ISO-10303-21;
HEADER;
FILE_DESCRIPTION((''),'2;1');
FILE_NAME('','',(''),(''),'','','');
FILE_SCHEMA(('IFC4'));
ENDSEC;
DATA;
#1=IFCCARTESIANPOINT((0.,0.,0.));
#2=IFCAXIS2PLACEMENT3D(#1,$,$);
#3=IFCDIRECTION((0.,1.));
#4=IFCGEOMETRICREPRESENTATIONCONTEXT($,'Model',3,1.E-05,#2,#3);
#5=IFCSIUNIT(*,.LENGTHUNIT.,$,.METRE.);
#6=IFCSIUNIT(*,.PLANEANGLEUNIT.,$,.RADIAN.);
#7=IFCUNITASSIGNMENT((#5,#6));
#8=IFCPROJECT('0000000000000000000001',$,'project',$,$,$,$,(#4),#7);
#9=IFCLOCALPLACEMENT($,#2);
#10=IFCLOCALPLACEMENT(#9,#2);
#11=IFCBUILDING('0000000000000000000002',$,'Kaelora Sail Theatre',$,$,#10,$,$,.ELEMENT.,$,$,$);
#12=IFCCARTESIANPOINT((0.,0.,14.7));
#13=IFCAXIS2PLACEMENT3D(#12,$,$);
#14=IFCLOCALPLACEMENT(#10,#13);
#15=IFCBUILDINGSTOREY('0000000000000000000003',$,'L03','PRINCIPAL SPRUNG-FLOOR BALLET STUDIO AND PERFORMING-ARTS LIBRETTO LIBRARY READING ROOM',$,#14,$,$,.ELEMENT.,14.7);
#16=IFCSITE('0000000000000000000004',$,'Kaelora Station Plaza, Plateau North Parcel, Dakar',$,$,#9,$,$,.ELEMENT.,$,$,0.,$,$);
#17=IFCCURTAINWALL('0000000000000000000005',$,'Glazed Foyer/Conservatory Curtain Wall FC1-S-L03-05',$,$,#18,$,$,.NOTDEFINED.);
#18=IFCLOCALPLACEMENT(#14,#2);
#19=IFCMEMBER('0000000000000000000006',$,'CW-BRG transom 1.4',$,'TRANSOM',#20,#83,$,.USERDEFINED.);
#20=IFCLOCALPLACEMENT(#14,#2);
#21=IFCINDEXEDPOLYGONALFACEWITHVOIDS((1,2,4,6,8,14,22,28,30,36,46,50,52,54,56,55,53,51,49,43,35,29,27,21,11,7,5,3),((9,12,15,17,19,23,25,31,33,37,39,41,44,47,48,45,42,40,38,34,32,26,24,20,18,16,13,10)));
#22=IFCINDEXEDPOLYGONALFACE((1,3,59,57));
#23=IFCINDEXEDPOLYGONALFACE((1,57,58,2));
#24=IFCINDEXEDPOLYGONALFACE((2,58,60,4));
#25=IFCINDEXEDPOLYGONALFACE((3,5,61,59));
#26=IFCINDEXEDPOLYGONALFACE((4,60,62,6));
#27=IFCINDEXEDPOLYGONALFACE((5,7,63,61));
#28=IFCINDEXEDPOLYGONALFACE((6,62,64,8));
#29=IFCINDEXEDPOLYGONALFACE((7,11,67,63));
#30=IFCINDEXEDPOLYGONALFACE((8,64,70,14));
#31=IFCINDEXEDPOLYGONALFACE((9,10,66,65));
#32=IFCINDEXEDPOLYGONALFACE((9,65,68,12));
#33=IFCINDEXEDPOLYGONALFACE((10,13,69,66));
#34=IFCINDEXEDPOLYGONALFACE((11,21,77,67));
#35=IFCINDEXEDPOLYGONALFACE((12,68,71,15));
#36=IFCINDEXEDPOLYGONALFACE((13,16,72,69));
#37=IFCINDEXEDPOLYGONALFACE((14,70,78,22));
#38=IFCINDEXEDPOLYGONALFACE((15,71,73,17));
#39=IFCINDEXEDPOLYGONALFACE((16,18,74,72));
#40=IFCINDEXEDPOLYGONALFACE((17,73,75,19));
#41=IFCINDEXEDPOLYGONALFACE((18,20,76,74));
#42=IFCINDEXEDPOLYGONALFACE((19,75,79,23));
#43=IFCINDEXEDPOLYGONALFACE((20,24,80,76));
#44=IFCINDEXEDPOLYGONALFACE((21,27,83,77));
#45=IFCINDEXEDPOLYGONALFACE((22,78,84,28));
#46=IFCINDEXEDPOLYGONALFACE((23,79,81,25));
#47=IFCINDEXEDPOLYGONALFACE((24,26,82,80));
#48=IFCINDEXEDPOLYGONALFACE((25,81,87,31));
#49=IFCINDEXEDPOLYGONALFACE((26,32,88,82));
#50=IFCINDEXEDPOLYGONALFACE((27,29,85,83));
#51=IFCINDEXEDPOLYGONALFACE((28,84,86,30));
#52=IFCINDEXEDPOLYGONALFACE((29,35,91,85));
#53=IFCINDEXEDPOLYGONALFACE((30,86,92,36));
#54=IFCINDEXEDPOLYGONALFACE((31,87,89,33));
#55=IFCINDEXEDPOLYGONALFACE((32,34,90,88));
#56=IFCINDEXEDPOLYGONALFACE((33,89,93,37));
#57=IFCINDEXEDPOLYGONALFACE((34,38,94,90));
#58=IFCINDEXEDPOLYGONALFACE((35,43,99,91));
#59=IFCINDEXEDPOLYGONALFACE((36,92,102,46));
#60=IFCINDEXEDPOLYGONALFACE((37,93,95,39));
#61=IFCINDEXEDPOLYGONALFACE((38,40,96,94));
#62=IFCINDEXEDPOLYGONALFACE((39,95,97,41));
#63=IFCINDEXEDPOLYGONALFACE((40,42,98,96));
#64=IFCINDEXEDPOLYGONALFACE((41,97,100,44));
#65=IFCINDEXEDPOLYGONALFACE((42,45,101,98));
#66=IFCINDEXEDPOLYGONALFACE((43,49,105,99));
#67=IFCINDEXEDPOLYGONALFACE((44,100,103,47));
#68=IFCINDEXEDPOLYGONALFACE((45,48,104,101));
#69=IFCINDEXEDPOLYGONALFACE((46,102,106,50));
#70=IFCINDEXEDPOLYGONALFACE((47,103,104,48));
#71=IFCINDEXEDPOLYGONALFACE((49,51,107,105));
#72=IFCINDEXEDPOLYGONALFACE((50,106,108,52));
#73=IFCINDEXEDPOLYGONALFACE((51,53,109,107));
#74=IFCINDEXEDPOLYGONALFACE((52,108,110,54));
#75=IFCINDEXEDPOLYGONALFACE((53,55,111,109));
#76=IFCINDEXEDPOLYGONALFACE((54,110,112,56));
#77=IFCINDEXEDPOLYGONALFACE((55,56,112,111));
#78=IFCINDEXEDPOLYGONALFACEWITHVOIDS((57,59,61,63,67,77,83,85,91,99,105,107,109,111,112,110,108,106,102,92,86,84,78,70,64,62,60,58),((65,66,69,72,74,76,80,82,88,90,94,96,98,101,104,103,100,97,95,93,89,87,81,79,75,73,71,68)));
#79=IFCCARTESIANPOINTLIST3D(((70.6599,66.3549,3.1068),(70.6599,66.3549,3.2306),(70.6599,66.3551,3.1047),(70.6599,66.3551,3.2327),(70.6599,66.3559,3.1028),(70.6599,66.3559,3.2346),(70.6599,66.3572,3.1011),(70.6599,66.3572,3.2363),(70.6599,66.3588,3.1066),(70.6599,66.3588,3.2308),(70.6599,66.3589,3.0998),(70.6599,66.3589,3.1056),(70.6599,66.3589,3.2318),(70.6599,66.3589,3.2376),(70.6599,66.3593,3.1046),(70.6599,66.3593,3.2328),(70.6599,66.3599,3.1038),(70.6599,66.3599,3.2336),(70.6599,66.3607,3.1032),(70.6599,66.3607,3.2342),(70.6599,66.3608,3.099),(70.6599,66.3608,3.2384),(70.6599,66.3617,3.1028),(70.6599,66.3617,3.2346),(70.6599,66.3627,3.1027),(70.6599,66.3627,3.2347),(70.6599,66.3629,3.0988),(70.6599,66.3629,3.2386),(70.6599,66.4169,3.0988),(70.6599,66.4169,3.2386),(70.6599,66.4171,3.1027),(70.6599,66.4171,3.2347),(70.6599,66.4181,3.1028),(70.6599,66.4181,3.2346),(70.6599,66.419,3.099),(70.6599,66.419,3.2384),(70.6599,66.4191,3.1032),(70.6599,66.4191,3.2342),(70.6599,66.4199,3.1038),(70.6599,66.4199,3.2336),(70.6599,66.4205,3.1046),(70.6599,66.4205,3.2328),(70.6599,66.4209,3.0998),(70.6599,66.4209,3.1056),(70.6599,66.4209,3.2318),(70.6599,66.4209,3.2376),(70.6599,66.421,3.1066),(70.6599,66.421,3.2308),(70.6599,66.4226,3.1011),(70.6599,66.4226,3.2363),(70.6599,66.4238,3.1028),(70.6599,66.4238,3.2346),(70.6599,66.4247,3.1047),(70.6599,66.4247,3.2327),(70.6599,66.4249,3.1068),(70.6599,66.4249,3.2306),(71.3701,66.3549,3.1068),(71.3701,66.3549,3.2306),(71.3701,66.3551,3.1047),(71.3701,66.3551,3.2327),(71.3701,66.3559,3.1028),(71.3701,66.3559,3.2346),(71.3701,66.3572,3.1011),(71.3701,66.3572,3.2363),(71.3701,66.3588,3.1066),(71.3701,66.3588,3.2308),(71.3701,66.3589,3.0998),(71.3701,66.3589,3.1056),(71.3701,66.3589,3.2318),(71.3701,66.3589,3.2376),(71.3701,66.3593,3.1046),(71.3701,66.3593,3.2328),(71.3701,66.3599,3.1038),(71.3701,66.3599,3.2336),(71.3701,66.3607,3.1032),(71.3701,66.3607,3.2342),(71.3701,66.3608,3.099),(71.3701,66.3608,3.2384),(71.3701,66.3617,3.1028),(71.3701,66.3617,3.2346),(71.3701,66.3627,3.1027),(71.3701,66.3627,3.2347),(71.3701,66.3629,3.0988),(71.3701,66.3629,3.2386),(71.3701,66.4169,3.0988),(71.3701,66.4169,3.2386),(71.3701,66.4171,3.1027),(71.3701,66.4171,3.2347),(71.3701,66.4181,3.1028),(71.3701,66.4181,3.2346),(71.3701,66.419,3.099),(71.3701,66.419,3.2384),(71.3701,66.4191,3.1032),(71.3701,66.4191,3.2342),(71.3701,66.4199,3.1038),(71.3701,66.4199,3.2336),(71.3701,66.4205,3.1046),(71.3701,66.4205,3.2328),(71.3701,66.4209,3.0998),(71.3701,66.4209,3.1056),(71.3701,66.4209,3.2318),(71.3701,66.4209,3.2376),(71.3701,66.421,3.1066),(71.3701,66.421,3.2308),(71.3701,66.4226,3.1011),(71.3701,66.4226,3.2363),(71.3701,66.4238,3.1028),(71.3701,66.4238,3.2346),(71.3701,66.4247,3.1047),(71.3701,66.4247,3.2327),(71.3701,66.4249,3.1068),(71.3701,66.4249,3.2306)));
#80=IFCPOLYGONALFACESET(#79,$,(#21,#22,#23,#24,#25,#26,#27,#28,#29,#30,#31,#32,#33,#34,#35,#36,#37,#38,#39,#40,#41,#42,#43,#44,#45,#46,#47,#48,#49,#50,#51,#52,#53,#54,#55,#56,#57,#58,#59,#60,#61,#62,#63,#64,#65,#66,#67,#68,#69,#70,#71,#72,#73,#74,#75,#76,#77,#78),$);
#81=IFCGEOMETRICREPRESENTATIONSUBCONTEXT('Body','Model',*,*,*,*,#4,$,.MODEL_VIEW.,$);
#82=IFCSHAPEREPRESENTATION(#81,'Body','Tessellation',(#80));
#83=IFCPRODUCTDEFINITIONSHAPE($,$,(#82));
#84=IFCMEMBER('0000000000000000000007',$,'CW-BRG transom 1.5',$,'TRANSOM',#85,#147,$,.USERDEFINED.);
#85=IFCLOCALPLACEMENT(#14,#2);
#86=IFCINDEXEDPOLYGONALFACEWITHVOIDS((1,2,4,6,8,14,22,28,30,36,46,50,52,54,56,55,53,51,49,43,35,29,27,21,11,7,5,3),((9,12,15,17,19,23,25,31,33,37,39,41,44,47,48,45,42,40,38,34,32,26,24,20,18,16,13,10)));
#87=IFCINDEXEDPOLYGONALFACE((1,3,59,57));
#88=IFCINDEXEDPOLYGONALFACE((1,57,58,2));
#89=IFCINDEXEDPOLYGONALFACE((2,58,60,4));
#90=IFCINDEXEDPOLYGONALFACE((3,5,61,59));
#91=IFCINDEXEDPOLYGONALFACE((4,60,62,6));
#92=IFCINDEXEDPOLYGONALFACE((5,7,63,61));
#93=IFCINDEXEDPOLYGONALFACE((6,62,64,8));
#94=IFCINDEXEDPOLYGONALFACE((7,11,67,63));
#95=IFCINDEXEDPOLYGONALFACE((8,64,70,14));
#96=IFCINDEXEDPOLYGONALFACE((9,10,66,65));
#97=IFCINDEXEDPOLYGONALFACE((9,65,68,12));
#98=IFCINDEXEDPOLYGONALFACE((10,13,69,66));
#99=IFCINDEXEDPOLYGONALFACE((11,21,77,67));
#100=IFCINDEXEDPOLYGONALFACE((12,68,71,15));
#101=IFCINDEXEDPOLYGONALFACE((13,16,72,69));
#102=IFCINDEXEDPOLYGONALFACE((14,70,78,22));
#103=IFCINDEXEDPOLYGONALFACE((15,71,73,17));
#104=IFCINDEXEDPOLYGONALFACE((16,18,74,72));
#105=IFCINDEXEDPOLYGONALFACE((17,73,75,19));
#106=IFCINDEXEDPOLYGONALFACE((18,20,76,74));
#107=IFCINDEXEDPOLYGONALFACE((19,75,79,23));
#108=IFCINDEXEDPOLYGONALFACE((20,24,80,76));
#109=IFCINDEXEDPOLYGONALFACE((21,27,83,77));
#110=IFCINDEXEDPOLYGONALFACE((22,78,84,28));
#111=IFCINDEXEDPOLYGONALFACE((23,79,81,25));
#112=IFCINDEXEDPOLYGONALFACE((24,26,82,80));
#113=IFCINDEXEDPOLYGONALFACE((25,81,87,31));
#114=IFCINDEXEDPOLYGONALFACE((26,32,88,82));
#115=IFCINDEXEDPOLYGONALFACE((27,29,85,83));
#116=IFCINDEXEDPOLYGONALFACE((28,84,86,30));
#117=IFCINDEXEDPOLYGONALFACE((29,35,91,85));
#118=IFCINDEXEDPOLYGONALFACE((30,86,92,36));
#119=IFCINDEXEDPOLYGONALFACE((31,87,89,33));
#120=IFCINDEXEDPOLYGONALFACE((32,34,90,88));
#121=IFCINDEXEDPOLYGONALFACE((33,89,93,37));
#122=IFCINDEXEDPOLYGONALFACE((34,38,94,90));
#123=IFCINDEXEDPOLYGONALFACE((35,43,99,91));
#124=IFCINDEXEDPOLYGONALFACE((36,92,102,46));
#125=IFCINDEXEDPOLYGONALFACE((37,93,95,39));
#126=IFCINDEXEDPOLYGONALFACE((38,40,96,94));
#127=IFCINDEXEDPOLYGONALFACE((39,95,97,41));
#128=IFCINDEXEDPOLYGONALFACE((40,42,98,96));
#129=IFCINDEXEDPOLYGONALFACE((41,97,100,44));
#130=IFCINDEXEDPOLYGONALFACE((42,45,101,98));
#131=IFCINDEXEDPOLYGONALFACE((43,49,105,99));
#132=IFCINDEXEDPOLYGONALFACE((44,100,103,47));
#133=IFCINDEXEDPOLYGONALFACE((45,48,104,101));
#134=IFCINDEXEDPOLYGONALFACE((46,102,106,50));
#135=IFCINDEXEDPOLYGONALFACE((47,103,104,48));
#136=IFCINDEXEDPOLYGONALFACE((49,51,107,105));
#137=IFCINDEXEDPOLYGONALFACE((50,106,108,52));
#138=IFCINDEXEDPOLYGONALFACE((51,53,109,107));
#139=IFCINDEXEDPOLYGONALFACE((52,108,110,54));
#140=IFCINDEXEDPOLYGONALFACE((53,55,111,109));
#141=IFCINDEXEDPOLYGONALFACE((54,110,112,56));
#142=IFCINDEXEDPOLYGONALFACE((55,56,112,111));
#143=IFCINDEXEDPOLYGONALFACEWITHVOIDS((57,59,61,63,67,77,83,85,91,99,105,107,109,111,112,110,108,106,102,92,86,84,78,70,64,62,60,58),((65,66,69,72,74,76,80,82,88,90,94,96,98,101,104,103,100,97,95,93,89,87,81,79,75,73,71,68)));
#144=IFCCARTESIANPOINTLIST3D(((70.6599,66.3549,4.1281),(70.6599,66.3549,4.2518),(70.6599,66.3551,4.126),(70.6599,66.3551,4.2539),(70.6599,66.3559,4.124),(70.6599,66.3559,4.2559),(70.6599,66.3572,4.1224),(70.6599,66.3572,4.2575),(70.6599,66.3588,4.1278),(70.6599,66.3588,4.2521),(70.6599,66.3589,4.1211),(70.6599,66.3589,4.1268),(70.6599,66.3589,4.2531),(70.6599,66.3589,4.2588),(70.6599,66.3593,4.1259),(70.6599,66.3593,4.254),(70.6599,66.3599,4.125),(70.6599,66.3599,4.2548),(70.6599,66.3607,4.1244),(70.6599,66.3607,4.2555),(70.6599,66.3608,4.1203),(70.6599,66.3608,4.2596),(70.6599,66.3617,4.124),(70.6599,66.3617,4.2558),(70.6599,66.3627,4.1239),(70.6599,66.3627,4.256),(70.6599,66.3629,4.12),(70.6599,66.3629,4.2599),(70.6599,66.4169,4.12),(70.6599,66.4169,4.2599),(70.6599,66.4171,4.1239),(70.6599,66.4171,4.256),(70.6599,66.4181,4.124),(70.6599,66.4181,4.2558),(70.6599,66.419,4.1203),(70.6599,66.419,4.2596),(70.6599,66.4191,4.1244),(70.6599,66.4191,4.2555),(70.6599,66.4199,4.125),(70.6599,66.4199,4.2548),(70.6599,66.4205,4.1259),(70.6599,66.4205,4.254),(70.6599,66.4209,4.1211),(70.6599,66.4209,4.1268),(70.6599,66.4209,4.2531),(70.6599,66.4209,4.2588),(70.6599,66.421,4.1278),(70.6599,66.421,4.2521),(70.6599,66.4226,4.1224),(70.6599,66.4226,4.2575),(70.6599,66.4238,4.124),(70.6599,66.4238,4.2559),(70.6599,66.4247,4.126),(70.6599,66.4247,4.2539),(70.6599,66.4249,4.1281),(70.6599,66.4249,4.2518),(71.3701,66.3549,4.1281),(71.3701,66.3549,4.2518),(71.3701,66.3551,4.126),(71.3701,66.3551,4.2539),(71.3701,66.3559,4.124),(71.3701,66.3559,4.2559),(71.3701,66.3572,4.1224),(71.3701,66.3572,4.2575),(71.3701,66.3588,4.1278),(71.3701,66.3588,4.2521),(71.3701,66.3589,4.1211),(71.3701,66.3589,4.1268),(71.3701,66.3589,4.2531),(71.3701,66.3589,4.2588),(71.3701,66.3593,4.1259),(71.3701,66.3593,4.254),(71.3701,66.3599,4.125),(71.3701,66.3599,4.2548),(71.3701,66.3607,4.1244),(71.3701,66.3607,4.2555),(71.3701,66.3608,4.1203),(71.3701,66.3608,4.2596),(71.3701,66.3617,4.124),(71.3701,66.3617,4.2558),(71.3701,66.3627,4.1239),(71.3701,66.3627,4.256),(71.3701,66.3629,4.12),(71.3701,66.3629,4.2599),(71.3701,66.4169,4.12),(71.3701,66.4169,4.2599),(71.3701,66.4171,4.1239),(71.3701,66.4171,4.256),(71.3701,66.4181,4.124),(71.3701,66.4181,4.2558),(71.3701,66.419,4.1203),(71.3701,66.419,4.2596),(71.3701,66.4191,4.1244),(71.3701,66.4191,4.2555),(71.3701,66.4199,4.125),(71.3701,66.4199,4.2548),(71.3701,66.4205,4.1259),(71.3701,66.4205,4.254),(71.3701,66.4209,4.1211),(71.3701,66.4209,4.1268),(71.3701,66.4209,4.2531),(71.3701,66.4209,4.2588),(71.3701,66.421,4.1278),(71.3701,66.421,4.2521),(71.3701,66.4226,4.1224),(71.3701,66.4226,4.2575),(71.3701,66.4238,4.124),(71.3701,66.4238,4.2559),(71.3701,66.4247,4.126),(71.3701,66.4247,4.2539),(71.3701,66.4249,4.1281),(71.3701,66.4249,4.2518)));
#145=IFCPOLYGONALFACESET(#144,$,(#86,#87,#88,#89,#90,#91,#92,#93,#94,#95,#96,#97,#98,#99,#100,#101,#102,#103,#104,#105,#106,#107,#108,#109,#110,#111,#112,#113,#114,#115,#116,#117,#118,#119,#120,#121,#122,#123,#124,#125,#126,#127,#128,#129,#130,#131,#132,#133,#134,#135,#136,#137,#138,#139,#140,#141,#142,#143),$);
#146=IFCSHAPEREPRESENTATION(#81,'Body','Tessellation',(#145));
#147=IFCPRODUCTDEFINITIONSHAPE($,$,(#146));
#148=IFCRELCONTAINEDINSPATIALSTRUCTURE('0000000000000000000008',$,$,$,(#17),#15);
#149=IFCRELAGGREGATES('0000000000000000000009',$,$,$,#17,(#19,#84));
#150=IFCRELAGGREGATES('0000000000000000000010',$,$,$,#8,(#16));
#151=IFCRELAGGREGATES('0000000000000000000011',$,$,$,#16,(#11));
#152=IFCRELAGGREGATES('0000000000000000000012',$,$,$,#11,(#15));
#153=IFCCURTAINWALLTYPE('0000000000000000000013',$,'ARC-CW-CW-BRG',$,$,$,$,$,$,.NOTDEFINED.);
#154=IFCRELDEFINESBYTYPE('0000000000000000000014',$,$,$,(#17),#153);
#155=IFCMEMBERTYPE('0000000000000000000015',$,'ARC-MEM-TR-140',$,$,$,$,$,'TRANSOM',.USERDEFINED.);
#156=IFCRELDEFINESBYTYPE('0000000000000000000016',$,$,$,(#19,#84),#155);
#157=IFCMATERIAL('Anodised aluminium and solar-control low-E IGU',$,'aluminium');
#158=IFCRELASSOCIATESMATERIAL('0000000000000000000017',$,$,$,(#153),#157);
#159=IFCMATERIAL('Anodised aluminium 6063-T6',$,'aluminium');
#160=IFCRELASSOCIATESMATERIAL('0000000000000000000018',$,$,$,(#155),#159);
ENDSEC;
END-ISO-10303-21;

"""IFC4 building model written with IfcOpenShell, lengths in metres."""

from ifc_helpers import new_model, si_unit, direction, frame, origin, origin_2d, place, context, subcontext, project, spatial, hollow_rectangle, extrude, material, material_profile, profile_set, type_object, element, aggregate, save


model = new_model("IFC4")

# Units and contexts
model_context = context("Model", 3, precision=1e-05, world=origin(), true_north=direction((0.0, 1.0)))
body_context = subcontext(model_context, "Body", "Model", "MODEL_VIEW")
ifc_project = project(units=[si_unit("LENGTHUNIT", "METRE"), si_unit("PLANEANGLEUNIT", "RADIAN")], contexts=[model_context])

# Site, building, storey
site_placement = place(None, origin())
site = spatial("IfcSite", under=ifc_project, at=site_placement, Name="Kaelora Station Plaza, Plateau North Parcel, Dakar", CompositionType="ELEMENT", RefElevation=0.0)
building_placement = place(site_placement, origin())
building = spatial("IfcBuilding", under=site, at=building_placement, Name="Kaelora Sail Theatre", CompositionType="ELEMENT")
storey_placement = place(building_placement, frame((0.0, 0.0, 14.7)))
storey = spatial("IfcBuildingStorey", under=building, at=storey_placement, Name="L03", Description="PRINCIPAL SPRUNG-FLOOR BALLET STUDIO AND PERFORMING-ARTS LIBRETTO LIBRARY READING ROOM", CompositionType="ELEMENT", Elevation=14.7)

# Curtain wall
ifc_material_1 = material(Name="Anodised aluminium and solar-control low-E IGU", Category="aluminium")
curtain_wall_type = type_object("IfcCurtainWallType", Name="ARC-CW-CW-BRG", PredefinedType="NOTDEFINED", material=ifc_material_1)
curtain_wall_1_placement = place(storey_placement, origin())
curtain_wall_1 = element("IfcCurtainWall", 1, at=curtain_wall_1_placement, inside=storey, type_object=curtain_wall_type, Name="Glazed Foyer/Conservatory Curtain Wall FC1-S-L03-05", PredefinedType="NOTDEFINED")

# Members
ifc_material_2 = material(Name="Anodised aluminium 6063-T6", Category="aluminium")
ifc_material_profile_1 = material_profile(ifc_material_2, hollow_rectangle(XDim=0.0701, YDim=0.1399, WallThickness=0.0039, InnerFilletRadius=0.0039, OuterFilletRadius=0.0081, at=origin_2d()), Name="ALU-TRAN 70x140x4")
ifc_profile_set_1 = profile_set([ifc_material_profile_1], Name="Anodised aluminium 6063-T6")
member_type_1 = type_object("IfcMemberType", Name="ARC-MEM-TR-140", ElementType="TRANSOM", PredefinedType="USERDEFINED", material=ifc_profile_set_1)
member_1_placement = place(storey_placement, frame((70.6599, 66.3899, 3.1687), z_axis=(1.0, 0.0, 0.0), x_axis=(0.0, 1.0, 0.0)))
member_1 = element("IfcMember", 2, at=member_1_placement, type_object=member_type_1, Name="CW-BRG transom 1.4", ObjectType="TRANSOM", PredefinedType="USERDEFINED", context=body_context, shape_type="SweptSolid", body=[
    extrude(hollow_rectangle(XDim=0.0701, YDim=0.1399, WallThickness=0.0039, InnerFilletRadius=0.0039, OuterFilletRadius=0.0081, at=origin_2d()), origin(), (0.0, 0.0, 1.0), 0.7102),
])
member_2_placement = place(storey_placement, frame((70.6599, 66.3899, 4.1899), z_axis=(1.0, 0.0, 0.0), x_axis=(0.0, 1.0, 0.0)))
member_2 = element("IfcMember", 3, at=member_2_placement, type_object=member_type_1, Name="CW-BRG transom 1.5", ObjectType="TRANSOM", PredefinedType="USERDEFINED", context=body_context, shape_type="SweptSolid", body=[
    extrude(hollow_rectangle(XDim=0.0701, YDim=0.1399, WallThickness=0.0039, InnerFilletRadius=0.0039, OuterFilletRadius=0.0081, at=origin_2d()), origin(), (0.0, 0.0, 1.0), 0.7102),
])

aggregate(curtain_wall_1, [member_1, member_2])

save(model, "model.ifc")
